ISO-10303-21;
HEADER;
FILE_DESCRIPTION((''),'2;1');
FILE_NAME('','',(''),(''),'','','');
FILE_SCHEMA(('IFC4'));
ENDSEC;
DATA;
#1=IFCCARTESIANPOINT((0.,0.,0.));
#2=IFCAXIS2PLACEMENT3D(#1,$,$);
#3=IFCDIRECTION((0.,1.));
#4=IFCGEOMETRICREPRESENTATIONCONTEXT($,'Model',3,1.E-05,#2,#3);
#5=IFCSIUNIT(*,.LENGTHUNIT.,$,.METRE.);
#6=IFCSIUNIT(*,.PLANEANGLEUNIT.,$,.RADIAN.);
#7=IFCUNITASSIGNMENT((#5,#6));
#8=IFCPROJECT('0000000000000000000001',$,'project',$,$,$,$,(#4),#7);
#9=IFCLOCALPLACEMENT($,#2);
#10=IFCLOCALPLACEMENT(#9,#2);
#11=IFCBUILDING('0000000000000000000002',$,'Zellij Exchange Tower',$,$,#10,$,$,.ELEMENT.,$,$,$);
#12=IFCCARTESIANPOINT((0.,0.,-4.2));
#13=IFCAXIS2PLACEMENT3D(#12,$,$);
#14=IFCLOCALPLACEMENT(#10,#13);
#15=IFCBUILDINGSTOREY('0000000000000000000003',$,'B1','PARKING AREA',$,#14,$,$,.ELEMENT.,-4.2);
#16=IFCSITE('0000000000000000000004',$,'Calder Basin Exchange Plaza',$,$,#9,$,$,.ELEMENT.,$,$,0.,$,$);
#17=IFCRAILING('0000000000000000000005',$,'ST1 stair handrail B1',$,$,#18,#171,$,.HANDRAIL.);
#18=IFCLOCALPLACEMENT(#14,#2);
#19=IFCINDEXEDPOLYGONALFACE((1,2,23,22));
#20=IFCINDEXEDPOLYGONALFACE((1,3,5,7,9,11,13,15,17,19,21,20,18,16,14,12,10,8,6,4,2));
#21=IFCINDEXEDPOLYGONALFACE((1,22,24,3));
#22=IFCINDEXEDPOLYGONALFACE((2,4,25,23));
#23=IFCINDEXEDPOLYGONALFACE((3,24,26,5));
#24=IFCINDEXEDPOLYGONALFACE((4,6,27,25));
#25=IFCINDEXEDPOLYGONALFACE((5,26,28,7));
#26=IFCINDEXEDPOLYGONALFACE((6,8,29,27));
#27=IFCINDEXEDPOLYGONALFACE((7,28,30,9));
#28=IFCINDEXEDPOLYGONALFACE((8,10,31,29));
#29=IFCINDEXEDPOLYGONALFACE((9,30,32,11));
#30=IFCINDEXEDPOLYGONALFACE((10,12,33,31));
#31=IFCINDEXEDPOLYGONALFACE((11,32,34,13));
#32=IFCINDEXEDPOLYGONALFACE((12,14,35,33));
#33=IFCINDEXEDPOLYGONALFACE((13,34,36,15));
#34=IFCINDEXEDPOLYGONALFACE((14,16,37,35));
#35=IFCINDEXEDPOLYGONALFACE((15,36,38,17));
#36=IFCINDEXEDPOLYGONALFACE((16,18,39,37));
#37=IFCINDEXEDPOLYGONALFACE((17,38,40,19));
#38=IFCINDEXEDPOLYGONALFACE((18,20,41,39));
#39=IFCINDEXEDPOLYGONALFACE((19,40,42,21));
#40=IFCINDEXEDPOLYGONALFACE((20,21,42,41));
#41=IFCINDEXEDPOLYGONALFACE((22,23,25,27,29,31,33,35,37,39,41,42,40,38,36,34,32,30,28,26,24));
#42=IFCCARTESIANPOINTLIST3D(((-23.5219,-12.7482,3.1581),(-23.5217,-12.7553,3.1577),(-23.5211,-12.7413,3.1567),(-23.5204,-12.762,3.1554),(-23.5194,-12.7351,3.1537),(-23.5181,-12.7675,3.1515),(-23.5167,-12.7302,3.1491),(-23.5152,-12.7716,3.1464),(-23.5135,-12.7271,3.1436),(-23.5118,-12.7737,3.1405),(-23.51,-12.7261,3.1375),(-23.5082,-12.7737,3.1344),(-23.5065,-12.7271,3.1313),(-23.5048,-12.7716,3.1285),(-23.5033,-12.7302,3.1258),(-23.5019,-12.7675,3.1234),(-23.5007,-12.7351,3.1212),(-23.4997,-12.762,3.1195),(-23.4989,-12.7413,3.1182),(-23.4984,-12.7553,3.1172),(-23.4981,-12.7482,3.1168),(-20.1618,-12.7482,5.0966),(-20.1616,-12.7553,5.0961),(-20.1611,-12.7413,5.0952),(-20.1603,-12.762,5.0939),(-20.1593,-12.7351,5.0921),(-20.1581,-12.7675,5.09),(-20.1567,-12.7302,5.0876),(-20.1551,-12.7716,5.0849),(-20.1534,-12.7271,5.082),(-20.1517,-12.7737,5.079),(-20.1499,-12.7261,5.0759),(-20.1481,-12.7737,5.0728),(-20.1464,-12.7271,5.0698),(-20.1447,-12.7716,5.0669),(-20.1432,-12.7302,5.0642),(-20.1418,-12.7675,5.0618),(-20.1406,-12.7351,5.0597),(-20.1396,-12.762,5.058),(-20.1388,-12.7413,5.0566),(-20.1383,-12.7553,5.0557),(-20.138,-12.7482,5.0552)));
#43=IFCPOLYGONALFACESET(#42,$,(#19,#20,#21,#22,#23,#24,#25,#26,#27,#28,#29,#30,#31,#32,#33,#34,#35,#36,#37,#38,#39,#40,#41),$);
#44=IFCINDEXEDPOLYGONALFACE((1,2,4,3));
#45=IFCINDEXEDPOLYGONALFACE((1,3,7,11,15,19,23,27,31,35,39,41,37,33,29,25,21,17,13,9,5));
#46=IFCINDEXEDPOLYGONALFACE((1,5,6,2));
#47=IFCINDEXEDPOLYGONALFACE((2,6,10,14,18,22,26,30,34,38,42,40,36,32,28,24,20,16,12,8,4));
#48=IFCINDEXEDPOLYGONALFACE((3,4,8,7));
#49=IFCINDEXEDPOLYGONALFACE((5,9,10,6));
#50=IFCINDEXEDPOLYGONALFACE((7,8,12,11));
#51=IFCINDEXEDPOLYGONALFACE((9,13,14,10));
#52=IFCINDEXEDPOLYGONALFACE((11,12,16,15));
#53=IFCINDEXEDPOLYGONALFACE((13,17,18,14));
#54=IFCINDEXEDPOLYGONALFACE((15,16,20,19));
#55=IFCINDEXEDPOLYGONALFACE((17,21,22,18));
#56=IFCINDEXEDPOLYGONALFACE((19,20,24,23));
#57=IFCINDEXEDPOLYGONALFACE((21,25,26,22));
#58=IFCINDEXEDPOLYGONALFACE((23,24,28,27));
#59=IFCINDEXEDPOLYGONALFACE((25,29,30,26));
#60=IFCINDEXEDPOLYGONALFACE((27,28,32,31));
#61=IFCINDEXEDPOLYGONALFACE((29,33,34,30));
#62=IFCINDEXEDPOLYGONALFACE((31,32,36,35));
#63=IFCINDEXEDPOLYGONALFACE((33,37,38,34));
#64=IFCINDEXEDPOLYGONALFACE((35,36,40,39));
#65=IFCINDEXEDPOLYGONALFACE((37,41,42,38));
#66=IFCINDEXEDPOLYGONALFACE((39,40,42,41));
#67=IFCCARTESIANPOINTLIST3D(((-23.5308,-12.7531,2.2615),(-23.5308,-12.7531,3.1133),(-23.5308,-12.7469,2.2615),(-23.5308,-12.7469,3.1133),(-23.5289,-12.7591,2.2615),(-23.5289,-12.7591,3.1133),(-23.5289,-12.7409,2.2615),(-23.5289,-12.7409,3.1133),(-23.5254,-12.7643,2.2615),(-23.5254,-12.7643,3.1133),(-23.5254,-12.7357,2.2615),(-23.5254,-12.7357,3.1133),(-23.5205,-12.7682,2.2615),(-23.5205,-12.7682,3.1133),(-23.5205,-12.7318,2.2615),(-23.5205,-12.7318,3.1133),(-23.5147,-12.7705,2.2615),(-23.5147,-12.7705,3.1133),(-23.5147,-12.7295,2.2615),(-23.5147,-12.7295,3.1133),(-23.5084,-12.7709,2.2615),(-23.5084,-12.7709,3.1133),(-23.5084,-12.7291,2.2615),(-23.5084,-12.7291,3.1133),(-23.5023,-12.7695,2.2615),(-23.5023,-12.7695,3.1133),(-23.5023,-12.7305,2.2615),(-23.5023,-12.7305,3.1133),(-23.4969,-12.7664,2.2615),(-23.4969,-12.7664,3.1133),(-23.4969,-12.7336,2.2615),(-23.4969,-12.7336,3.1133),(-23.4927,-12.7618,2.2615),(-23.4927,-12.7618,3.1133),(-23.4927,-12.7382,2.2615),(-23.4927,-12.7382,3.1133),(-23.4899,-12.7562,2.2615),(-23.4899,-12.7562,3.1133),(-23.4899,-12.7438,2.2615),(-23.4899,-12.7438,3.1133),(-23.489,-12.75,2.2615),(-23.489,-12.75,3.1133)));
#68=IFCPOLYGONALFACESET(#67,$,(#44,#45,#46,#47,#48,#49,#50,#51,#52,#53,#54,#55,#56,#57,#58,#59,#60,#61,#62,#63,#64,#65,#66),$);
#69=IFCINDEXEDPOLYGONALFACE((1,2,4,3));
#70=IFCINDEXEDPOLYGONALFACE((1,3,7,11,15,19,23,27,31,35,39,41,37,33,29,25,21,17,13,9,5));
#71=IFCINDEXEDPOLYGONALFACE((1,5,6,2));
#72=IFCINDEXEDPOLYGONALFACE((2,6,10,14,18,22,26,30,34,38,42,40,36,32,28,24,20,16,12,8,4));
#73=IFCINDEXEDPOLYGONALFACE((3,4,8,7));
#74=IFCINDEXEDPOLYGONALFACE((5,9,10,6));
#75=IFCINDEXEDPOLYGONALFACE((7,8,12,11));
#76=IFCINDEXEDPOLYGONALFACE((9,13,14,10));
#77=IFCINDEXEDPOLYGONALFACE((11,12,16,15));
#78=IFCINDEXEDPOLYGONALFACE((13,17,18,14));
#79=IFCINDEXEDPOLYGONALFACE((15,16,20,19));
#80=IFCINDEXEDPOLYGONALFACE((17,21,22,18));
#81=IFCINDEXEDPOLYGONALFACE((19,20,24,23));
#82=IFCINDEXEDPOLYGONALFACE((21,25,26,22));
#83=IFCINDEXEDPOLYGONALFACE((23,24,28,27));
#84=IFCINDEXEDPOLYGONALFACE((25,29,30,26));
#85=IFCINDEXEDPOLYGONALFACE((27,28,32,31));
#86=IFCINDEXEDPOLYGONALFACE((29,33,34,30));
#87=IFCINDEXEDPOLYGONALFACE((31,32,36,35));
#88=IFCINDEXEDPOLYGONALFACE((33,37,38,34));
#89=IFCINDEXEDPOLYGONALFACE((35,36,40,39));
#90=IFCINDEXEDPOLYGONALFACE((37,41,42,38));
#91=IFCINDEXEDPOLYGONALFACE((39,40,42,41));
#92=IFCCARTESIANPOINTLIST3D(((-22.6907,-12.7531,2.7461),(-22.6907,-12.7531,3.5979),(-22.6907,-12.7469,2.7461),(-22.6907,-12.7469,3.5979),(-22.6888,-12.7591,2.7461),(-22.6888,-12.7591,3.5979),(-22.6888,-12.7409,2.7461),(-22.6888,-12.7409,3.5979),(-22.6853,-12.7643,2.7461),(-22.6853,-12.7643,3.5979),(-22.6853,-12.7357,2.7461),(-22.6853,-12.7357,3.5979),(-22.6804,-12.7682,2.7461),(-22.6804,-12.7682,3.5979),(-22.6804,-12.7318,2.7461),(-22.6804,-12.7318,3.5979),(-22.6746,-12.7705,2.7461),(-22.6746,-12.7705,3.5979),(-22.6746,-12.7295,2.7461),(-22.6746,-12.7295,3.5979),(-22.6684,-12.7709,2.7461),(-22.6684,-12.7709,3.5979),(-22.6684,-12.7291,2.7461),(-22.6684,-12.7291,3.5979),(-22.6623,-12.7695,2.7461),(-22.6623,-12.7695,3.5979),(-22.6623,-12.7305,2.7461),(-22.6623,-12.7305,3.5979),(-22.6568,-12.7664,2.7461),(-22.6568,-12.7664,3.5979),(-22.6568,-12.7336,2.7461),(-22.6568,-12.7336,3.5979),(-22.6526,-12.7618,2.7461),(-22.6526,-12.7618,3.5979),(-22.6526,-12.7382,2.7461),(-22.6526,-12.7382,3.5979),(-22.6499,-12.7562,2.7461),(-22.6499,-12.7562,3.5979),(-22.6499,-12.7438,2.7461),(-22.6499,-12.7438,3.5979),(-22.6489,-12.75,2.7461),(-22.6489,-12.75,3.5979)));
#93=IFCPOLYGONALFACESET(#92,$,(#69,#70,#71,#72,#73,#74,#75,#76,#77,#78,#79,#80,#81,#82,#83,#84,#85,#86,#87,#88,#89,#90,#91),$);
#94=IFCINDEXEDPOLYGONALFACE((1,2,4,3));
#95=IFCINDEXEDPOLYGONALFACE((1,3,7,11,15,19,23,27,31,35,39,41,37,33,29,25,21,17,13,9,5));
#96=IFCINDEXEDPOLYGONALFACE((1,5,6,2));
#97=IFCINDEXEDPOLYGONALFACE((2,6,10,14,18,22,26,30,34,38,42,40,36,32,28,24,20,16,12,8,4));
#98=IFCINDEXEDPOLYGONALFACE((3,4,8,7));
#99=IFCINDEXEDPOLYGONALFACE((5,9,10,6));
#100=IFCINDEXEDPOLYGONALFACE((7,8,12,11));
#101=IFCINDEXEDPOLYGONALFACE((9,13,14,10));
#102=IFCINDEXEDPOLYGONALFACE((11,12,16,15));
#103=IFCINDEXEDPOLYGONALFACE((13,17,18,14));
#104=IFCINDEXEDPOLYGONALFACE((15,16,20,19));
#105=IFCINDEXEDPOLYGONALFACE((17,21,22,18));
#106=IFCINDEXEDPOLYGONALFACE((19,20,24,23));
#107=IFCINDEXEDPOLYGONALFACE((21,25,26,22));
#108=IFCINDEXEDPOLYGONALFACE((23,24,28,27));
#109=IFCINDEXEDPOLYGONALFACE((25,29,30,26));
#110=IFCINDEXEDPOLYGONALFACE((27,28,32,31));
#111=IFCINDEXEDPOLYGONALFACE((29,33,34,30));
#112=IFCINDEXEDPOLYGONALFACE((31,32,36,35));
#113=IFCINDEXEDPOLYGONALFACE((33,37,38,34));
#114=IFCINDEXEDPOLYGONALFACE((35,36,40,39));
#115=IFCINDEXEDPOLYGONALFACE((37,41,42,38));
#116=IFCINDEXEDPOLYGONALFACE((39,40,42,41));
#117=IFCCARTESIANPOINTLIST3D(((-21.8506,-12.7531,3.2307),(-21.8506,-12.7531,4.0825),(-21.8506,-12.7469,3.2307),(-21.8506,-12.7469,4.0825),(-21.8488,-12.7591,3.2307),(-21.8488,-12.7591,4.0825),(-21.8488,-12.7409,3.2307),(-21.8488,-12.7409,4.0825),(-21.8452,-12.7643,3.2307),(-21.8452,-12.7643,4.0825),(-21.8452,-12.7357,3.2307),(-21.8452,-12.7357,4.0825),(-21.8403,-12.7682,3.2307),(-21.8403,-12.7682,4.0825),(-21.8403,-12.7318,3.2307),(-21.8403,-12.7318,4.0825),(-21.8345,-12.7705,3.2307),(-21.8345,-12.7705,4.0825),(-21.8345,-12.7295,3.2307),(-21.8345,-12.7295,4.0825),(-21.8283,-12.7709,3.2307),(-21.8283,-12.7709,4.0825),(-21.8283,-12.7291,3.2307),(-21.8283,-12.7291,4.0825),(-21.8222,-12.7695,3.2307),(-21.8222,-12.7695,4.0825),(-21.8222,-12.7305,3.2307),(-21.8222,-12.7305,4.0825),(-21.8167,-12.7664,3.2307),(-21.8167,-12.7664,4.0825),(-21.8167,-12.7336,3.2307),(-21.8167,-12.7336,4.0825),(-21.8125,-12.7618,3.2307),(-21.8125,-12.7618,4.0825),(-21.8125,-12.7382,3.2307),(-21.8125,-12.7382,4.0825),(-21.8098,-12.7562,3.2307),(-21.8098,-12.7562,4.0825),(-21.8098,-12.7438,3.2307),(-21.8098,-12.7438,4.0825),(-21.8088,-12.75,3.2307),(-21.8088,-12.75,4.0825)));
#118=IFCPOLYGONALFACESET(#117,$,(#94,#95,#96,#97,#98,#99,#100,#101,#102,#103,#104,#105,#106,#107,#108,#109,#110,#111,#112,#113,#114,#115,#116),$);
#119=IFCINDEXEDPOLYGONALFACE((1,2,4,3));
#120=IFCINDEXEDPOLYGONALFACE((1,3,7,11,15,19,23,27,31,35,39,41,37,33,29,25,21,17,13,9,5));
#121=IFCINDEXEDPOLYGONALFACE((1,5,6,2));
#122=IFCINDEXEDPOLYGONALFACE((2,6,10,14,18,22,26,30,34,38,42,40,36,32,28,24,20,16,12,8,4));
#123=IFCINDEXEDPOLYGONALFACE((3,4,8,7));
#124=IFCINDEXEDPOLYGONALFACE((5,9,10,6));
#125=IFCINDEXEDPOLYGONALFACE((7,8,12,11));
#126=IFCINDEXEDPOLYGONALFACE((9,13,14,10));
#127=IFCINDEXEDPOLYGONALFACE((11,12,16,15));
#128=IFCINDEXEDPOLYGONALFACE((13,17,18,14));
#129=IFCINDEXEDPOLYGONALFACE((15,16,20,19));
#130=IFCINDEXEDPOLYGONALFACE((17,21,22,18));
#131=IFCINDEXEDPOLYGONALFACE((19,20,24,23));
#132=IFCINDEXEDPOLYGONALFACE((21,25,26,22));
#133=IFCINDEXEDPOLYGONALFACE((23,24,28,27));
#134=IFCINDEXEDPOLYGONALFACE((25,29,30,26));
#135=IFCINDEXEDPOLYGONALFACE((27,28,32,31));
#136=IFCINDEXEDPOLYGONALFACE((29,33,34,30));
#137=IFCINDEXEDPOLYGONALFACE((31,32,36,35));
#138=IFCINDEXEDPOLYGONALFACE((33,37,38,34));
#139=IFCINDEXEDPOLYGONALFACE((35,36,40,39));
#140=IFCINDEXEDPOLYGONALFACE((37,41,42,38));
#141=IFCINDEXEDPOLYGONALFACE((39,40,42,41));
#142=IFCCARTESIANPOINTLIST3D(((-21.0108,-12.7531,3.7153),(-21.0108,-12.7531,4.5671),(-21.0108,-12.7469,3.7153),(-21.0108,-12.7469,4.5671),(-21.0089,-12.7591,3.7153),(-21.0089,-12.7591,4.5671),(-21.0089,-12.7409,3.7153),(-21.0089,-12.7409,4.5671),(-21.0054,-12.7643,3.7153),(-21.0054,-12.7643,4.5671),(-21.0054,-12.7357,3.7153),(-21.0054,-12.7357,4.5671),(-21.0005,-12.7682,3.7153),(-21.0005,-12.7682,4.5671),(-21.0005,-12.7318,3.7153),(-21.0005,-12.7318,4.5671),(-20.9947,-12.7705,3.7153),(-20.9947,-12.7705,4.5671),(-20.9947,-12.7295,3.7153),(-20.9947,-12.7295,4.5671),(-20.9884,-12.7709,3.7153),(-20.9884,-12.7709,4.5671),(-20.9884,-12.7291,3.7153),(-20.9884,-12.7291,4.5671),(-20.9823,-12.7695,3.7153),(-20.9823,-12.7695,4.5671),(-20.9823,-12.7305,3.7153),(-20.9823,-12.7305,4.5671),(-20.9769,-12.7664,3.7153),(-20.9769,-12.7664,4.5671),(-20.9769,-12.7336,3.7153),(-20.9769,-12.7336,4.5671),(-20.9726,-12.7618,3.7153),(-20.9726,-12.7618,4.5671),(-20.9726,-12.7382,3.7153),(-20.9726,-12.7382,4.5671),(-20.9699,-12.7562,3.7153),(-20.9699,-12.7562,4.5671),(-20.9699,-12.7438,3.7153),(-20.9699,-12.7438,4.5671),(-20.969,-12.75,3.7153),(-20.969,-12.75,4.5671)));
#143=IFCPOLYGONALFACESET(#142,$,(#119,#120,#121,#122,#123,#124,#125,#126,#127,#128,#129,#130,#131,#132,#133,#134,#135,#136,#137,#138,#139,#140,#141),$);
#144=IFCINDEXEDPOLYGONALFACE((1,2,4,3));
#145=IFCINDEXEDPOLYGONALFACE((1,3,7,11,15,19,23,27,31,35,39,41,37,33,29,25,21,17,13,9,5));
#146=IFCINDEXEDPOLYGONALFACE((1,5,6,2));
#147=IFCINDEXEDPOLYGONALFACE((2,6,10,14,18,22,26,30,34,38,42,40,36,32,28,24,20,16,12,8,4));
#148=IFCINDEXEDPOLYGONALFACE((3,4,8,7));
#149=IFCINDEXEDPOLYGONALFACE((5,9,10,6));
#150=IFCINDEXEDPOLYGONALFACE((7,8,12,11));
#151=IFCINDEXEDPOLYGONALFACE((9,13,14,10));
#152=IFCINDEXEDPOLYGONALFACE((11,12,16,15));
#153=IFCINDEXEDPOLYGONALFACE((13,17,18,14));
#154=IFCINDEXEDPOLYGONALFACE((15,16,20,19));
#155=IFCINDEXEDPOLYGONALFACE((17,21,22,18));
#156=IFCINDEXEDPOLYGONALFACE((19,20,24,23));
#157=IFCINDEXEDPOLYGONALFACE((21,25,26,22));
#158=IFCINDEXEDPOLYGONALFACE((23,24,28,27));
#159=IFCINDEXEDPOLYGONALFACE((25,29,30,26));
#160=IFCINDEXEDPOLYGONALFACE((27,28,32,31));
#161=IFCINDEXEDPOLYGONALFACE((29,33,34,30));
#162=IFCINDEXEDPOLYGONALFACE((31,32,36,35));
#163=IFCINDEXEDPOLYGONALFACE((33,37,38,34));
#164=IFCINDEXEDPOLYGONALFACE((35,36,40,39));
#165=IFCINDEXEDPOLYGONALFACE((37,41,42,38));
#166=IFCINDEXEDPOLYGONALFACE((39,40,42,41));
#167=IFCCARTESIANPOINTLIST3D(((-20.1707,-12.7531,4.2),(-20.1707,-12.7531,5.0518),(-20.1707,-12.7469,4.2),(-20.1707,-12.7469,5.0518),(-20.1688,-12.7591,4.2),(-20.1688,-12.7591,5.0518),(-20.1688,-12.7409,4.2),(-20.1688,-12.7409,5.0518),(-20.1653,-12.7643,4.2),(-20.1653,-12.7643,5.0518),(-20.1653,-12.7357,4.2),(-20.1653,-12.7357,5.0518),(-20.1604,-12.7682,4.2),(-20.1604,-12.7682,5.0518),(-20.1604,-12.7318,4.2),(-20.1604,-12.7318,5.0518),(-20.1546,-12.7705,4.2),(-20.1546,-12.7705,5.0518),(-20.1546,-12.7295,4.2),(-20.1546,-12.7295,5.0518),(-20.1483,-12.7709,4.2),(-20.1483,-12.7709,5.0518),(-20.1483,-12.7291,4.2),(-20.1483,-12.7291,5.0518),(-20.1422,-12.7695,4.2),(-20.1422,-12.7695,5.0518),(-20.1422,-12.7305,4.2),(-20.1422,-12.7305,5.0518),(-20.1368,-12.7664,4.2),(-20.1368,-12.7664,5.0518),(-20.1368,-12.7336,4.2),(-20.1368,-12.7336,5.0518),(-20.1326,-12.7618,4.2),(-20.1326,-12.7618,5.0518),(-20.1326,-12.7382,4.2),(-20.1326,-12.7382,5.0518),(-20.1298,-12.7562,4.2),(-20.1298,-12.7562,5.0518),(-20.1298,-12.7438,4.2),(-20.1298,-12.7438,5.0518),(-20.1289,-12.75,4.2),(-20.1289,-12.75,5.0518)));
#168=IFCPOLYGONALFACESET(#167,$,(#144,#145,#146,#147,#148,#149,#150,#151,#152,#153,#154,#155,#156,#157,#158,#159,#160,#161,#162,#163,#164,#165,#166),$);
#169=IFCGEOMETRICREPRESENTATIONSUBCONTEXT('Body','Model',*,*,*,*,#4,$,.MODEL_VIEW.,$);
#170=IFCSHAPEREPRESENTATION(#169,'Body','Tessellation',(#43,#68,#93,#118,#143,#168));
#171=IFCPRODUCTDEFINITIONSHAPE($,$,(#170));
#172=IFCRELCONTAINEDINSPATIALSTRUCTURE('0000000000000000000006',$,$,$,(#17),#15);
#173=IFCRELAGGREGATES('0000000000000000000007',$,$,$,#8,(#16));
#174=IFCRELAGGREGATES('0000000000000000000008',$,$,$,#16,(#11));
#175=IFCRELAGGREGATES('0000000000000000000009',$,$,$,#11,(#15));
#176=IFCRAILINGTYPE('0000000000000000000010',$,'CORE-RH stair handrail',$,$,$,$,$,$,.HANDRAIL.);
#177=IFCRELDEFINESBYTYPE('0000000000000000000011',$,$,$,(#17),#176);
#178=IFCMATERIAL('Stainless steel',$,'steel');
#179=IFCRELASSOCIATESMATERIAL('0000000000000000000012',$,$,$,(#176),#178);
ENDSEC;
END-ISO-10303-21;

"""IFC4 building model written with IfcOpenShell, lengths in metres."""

from ifc_helpers import new_model, si_unit, direction, frame, origin, origin_2d, place, context, subcontext, project, spatial, circle, extrude, material, type_object, element, save


model = new_model("IFC4")

# Units and contexts
model_context = context("Model", 3, precision=1e-05, world=origin(), true_north=direction((0.0, 1.0)))
body_context = subcontext(model_context, "Body", "Model", "MODEL_VIEW")
ifc_project = project(units=[si_unit("LENGTHUNIT", "METRE"), si_unit("PLANEANGLEUNIT", "RADIAN")], contexts=[model_context])

# Site, building, storey
site_placement = place(None, origin())
site = spatial("IfcSite", under=ifc_project, at=site_placement, Name="Calder Basin Exchange Plaza", CompositionType="ELEMENT", RefElevation=0.0)
building_placement = place(site_placement, origin())
building = spatial("IfcBuilding", under=site, at=building_placement, Name="Zellij Exchange Tower", CompositionType="ELEMENT")
storey_placement = place(building_placement, frame((0.0, 0.0, -4.2)))
storey = spatial("IfcBuildingStorey", under=building, at=storey_placement, Name="B1", Description="PARKING AREA", CompositionType="ELEMENT", Elevation=-4.2)

# Railing
ifc_material_1 = material(Name="Stainless steel", Category="steel")
railing_type = type_object("IfcRailingType", Name="CORE-RH stair handrail", PredefinedType="HANDRAIL", material=ifc_material_1)
railing_placement = place(storey_placement, frame((-23.51, -12.75, 2.2615)))
element("IfcRailing", 1, at=railing_placement, inside=storey, type_object=railing_type, Name="ST1 stair handrail B1", PredefinedType="HANDRAIL", context=body_context, shape_type="SweptSolid", body=[
    extrude(circle(Radius=0.0239, at=origin_2d()), frame((0.0, 0.0, 0.876), z_axis=(0.866191, 0.0, 0.499713), x_axis=(0.0, 1.0, 0.0)), (0.0, 0.0, 1.0), 3.8792),
    extrude(circle(Radius=0.021, at=origin_2d()), origin(), (0.0, 0.0, 1.0), 0.8518),
    extrude(circle(Radius=0.021, at=origin_2d()), frame((0.8401, 0.0, 0.4846)), (0.0, 0.0, 1.0), 0.8518),
    extrude(circle(Radius=0.021, at=origin_2d()), frame((1.6802, 0.0, 0.9692)), (0.0, 0.0, 1.0), 0.8518),
    extrude(circle(Radius=0.021, at=origin_2d()), frame((2.52, 0.0, 1.4539)), (0.0, 0.0, 1.0), 0.8518),
    extrude(circle(Radius=0.021, at=origin_2d()), frame((3.3601, 0.0, 1.9385)), (0.0, 0.0, 1.0), 0.8518),
])

save(model, "model.ifc")
